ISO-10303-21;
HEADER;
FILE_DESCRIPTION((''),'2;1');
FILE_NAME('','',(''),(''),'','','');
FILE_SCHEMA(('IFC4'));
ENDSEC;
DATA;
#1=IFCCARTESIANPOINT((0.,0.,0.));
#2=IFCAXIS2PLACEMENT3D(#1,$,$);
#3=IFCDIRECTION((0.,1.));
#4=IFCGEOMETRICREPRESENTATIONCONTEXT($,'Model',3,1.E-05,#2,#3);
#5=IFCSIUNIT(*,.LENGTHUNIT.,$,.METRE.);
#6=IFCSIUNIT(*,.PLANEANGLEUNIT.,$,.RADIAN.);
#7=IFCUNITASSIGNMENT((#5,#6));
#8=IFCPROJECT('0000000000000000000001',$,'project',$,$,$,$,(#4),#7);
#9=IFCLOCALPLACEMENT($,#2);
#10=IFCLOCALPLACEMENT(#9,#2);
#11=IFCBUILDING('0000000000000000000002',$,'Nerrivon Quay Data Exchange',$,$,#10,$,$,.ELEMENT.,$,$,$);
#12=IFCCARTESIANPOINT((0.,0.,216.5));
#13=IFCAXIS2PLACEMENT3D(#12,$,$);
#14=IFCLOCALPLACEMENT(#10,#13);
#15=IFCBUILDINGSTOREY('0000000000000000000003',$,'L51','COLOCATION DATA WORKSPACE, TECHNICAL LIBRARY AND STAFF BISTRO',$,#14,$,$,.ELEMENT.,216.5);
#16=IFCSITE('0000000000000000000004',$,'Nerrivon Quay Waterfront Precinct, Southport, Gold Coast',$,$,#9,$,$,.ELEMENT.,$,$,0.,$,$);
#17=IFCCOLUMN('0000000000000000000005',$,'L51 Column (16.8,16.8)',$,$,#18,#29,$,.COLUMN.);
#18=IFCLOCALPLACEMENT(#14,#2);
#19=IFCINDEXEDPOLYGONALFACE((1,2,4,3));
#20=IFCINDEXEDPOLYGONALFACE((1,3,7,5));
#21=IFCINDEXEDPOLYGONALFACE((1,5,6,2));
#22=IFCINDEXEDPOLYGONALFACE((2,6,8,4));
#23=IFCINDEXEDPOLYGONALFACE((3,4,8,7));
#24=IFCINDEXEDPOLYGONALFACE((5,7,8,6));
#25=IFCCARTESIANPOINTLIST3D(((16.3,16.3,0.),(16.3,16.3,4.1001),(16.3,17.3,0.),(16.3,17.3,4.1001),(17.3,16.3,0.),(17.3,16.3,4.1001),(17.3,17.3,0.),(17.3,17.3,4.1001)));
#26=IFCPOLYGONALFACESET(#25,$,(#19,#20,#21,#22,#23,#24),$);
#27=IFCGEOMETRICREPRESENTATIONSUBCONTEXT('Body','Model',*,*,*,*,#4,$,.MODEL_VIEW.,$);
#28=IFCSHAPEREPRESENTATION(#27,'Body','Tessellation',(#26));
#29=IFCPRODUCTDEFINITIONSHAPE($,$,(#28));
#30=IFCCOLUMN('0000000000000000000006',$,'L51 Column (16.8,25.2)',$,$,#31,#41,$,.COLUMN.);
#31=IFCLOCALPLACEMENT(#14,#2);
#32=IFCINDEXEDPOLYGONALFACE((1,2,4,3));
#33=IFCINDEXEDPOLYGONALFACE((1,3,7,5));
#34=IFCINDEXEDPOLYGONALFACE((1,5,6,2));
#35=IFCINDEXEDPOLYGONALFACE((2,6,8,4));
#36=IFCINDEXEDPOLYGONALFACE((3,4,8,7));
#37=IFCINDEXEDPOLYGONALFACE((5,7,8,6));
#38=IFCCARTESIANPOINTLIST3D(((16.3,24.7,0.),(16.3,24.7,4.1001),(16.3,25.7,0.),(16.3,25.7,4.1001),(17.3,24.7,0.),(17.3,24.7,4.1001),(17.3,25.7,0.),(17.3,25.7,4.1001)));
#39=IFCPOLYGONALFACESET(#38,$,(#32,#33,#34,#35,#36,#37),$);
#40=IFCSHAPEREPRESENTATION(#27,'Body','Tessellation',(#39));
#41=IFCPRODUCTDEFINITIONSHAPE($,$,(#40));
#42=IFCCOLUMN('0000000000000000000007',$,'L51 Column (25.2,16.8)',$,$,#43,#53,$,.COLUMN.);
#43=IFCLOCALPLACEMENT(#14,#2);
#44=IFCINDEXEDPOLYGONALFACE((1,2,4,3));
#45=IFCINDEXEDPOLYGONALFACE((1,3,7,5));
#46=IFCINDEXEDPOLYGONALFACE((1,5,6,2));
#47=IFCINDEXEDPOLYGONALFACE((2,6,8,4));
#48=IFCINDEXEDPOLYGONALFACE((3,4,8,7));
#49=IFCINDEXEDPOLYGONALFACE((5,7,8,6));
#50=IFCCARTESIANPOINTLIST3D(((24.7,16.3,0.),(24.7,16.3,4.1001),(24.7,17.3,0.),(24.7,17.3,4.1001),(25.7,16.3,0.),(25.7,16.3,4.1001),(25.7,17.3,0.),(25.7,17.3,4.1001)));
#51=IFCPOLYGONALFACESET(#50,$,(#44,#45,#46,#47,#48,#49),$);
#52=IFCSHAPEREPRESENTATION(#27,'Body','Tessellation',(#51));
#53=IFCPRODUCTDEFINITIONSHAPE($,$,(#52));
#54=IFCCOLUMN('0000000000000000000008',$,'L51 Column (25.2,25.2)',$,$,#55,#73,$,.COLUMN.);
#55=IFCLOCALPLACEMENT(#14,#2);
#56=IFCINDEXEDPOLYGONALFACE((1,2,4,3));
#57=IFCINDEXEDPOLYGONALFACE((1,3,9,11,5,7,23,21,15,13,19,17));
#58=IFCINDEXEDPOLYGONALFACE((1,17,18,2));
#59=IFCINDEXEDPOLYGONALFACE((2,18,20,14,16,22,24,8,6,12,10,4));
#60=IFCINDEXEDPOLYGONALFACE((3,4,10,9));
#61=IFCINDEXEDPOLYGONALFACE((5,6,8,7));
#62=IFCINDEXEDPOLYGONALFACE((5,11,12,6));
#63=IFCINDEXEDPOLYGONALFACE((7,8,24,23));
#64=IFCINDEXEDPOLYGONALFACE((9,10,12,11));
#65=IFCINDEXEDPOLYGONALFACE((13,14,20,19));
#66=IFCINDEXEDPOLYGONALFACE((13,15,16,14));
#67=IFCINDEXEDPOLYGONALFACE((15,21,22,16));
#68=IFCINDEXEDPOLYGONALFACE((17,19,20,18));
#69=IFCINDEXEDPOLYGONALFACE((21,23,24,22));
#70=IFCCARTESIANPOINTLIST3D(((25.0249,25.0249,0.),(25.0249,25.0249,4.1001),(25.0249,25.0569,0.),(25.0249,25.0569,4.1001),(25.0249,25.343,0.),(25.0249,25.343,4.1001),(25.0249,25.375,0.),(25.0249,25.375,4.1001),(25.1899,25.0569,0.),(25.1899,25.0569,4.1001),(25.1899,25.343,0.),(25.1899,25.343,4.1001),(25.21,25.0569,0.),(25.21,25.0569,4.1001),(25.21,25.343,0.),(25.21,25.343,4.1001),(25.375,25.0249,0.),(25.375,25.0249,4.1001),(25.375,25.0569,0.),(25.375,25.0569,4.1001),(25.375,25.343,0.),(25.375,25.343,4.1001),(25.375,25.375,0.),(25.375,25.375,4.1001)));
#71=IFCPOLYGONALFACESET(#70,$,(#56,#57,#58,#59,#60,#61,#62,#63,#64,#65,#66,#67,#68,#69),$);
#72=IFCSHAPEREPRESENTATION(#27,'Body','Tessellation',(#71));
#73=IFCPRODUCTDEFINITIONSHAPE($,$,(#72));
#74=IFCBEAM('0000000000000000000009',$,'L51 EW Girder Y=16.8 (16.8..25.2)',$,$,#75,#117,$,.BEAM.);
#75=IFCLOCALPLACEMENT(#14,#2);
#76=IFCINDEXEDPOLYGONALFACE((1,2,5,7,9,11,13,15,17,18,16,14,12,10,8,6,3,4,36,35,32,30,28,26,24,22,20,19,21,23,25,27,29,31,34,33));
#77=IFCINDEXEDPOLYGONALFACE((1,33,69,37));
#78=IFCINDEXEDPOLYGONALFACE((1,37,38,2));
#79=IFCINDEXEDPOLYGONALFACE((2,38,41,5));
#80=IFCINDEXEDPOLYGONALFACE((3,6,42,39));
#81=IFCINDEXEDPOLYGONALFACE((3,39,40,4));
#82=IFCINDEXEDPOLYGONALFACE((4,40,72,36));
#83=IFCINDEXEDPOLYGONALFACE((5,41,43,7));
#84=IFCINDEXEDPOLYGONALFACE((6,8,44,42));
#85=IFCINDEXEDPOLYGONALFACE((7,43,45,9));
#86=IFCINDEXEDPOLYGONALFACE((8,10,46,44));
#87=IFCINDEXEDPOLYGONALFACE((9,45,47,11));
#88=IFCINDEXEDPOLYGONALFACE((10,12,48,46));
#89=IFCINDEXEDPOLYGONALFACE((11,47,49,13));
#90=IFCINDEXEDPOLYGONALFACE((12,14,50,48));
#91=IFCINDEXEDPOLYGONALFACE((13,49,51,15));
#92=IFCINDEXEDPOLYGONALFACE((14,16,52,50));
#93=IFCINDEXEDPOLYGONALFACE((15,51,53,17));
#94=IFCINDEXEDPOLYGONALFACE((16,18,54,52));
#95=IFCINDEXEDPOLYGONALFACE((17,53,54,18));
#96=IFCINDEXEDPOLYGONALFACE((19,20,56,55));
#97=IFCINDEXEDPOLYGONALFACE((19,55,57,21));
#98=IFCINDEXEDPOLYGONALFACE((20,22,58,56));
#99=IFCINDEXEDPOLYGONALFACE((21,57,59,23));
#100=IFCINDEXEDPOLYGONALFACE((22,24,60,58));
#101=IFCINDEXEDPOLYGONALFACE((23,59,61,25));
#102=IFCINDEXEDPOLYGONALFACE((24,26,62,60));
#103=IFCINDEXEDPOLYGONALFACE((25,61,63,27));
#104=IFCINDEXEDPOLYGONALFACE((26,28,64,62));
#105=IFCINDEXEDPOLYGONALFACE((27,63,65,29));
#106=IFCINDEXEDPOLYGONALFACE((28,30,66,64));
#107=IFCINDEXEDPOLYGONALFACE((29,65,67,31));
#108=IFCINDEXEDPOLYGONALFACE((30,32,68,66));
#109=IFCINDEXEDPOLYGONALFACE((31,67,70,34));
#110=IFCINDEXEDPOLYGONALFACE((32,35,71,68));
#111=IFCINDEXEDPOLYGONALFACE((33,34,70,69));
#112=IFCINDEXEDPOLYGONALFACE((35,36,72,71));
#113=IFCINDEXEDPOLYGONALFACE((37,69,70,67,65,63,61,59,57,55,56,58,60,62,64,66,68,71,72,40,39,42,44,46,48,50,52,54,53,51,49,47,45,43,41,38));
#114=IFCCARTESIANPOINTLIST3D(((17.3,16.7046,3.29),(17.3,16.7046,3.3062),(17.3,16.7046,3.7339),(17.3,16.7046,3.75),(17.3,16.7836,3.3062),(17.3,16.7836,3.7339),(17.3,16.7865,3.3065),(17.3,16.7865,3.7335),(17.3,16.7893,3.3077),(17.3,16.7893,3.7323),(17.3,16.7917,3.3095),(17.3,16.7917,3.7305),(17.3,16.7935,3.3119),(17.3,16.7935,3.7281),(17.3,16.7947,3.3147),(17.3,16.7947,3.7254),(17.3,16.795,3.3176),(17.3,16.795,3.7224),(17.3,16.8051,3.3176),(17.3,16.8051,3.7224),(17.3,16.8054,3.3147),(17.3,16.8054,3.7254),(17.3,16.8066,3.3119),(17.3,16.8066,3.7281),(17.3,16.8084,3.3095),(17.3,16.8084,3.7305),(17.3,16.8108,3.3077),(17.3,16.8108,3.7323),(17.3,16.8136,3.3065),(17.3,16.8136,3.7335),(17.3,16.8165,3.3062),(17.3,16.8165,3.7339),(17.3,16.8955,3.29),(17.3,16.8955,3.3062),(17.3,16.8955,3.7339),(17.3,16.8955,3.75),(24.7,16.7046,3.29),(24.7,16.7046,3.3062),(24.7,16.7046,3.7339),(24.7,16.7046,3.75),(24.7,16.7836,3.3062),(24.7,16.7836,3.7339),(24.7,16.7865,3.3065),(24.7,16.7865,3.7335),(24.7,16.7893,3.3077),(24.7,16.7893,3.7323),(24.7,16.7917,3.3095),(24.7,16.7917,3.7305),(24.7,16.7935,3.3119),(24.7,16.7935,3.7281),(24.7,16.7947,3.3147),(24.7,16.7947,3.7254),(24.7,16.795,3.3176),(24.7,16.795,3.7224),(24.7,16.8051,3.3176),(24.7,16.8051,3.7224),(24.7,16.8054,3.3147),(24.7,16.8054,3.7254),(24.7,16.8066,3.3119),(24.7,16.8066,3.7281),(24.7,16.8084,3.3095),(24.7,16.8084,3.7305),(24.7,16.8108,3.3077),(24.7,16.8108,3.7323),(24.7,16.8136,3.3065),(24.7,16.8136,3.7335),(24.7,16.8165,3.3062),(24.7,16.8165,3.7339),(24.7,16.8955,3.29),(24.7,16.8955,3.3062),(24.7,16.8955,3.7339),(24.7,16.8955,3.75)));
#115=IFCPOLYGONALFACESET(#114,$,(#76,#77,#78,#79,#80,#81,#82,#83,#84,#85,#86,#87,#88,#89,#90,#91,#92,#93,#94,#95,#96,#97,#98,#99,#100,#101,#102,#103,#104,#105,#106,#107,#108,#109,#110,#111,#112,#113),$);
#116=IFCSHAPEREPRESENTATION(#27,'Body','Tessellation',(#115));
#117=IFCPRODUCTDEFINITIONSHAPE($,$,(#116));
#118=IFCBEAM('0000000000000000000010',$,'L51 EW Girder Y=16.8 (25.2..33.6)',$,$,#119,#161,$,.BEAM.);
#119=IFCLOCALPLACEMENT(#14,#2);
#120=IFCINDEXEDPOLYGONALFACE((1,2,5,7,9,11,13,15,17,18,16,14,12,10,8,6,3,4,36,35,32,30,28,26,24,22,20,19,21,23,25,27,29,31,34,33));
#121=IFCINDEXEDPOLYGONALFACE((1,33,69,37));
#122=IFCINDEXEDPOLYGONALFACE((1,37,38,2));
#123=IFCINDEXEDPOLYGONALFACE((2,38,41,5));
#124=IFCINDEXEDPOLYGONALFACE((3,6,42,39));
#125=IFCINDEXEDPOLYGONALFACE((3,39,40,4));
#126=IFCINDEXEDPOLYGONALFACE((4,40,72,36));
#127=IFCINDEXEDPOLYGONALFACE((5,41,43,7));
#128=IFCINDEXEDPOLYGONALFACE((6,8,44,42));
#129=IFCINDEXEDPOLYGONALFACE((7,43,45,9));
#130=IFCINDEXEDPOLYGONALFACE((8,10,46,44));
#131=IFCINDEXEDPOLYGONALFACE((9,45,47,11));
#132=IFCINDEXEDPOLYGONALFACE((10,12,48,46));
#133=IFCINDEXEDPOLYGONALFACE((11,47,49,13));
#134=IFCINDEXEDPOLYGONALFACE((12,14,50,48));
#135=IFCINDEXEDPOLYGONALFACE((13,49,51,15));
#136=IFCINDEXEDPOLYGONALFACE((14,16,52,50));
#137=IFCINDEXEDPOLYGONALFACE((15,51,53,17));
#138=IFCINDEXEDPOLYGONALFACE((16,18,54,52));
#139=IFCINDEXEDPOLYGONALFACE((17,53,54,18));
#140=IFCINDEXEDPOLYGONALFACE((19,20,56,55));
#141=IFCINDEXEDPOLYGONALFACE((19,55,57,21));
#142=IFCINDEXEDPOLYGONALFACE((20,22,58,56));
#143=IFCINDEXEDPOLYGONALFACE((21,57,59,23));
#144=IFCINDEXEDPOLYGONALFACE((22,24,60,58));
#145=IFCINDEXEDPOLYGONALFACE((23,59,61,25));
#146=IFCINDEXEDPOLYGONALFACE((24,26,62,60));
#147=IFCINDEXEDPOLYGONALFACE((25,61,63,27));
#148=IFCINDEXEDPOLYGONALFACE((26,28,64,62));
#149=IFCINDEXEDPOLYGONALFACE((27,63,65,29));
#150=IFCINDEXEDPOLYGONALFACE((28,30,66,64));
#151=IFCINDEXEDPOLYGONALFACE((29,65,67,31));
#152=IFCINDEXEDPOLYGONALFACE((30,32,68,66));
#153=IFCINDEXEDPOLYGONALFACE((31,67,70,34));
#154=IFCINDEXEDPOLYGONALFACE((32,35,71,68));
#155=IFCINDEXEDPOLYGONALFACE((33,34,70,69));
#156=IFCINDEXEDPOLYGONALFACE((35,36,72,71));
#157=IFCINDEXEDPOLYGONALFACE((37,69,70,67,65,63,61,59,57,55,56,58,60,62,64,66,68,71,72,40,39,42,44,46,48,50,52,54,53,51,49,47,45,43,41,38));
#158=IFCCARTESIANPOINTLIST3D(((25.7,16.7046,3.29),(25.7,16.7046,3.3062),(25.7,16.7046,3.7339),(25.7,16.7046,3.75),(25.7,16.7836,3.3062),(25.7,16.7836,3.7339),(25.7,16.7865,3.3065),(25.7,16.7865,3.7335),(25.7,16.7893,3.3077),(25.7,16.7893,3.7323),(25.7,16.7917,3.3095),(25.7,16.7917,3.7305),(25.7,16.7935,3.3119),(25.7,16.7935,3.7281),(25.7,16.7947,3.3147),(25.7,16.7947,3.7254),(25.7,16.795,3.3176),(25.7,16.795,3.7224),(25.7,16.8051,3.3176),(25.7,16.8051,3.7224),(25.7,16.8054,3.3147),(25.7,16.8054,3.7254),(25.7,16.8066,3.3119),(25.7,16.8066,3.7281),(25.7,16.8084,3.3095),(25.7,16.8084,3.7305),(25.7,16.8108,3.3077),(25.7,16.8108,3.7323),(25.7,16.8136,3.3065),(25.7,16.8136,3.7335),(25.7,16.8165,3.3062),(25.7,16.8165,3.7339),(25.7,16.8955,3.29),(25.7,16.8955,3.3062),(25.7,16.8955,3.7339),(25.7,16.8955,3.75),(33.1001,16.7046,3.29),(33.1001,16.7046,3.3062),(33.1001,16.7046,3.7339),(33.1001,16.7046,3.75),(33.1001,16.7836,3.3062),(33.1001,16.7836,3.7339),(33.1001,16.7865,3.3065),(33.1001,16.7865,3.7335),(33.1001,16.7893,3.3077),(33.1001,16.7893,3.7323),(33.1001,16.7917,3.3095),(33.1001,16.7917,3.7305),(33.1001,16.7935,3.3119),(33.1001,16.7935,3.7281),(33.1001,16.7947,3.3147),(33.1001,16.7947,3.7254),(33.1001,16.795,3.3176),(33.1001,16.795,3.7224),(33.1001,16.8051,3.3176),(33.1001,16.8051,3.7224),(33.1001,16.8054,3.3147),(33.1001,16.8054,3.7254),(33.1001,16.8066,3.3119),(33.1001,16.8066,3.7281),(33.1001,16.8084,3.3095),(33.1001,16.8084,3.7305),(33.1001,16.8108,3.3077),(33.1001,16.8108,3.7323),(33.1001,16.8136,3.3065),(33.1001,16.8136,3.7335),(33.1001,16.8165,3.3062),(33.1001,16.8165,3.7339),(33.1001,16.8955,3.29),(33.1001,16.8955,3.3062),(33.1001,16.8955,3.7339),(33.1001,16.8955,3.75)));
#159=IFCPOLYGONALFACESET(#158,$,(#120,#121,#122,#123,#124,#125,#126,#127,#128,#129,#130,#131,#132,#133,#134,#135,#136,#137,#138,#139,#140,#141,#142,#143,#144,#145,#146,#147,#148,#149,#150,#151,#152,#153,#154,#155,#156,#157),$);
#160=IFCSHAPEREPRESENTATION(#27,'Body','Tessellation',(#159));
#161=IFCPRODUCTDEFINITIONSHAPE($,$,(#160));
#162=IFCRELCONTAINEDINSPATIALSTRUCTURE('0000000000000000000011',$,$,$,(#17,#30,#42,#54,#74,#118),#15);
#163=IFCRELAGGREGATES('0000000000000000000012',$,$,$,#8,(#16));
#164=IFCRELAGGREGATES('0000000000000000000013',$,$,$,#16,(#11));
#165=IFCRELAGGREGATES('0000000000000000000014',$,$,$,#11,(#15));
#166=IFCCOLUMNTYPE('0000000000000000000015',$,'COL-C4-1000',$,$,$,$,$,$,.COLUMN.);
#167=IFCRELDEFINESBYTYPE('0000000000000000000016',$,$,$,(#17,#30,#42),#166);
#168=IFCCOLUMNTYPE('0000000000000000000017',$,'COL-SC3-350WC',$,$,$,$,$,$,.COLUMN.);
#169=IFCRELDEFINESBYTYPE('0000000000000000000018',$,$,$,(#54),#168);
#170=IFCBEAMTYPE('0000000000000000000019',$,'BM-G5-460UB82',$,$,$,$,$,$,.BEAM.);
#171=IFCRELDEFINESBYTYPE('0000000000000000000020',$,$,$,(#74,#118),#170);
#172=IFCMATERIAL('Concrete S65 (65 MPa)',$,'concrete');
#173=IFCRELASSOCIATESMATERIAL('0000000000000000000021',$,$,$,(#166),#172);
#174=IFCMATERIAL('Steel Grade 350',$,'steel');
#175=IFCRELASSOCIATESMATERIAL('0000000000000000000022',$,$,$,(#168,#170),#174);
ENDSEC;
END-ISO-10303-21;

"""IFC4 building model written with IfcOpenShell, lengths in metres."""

from ifc_helpers import new_model, si_unit, direction, frame, origin, origin_2d, place, context, subcontext, project, spatial, rectangle, i_section, extrude, material, material_profile, profile_set, type_object, element, save


model = new_model("IFC4")

# Units and contexts
model_context = context("Model", 3, precision=1e-05, world=origin(), true_north=direction((0.0, 1.0)))
body_context = subcontext(model_context, "Body", "Model", "MODEL_VIEW")
ifc_project = project(units=[si_unit("LENGTHUNIT", "METRE"), si_unit("PLANEANGLEUNIT", "RADIAN")], contexts=[model_context])

# Site, building, storey
site_placement = place(None, origin())
site = spatial("IfcSite", under=ifc_project, at=site_placement, Name="Nerrivon Quay Waterfront Precinct, Southport, Gold Coast", CompositionType="ELEMENT", RefElevation=0.0)
building_placement = place(site_placement, origin())
building = spatial("IfcBuilding", under=site, at=building_placement, Name="Nerrivon Quay Data Exchange", CompositionType="ELEMENT")
storey_placement = place(building_placement, frame((0.0, 0.0, 216.5)))
storey = spatial("IfcBuildingStorey", under=building, at=storey_placement, Name="L51", Description="COLOCATION DATA WORKSPACE, TECHNICAL LIBRARY AND STAFF BISTRO", CompositionType="ELEMENT", Elevation=216.5)

# Columns
ifc_material_1 = material(Name="Concrete S65 (65 MPa)", Category="concrete")
ifc_material_profile_1 = material_profile(ifc_material_1, rectangle(XDim=1.0, YDim=1.0, at=origin_2d()), Name="RC-COL-1000x1000")
ifc_profile_set_1 = profile_set([ifc_material_profile_1], Name="Concrete S65 (65 MPa)")
column_type_1 = type_object("IfcColumnType", Name="COL-C4-1000", PredefinedType="COLUMN", material=ifc_profile_set_1)
for number, where, z_axis, x_axis, name in (
    (1, (16.8, 16.8, 0.0), (0.0, 0.0, 1.0), (1.0, 0.0, 0.0), "L51 Column (16.8,16.8)"),
    (2, (16.8, 25.2, 0.0), (0.0, 0.0, 1.0), (1.0, 0.0, 0.0), "L51 Column (16.8,25.2)"),
    (3, (25.2, 16.8, 0.0), (0.0, 0.0, 1.0), (1.0, 0.0, 0.0), "L51 Column (25.2,16.8)"),
):
    element("IfcColumn", number, at=place(storey_placement, frame(where, z_axis=z_axis, x_axis=x_axis)), inside=storey, type_object=column_type_1, Name=name, PredefinedType="COLUMN", context=body_context, shape_type="SweptSolid", body=[
        extrude(rectangle(XDim=1.0, YDim=1.0, at=origin_2d()), origin(), (0.0, 0.0, 1.0), 4.1001),
    ])
ifc_material_2 = material(Name="Steel Grade 350", Category="steel")
ifc_material_profile_2 = material_profile(ifc_material_2, i_section(OverallWidth=0.3501, OverallDepth=0.3501, WebThickness=0.02, FlangeThickness=0.032, at=origin_2d()), Name="350WC230")
ifc_profile_set_2 = profile_set([ifc_material_profile_2], Name="Steel Grade 350")
column_type_2 = type_object("IfcColumnType", Name="COL-SC3-350WC", PredefinedType="COLUMN", material=ifc_profile_set_2)
column_placement = place(storey_placement, frame((25.2, 25.2, 0.0), z_axis=(0.0, 0.0, 1.0), x_axis=(1.0, 0.0, 0.0)))
element("IfcColumn", 4, at=column_placement, inside=storey, type_object=column_type_2, Name="L51 Column (25.2,25.2)", PredefinedType="COLUMN", context=body_context, shape_type="SweptSolid", body=[
    extrude(i_section(OverallWidth=0.3501, OverallDepth=0.3501, WebThickness=0.02, FlangeThickness=0.032, at=origin_2d()), origin(), (0.0, 0.0, 1.0), 4.1001),
])

# Beams
ifc_material_profile_3 = material_profile(ifc_material_2, i_section(OverallWidth=0.1909, OverallDepth=0.46, WebThickness=0.01, FlangeThickness=0.0161, FilletRadius=0.0115, at=origin_2d()), Name="460UB82.1")
ifc_profile_set_3 = profile_set([ifc_material_profile_3], Name="Steel Grade 350")
beam_type_1 = type_object("IfcBeamType", Name="BM-G5-460UB82", PredefinedType="BEAM", material=ifc_profile_set_3)
beam_1_placement = place(storey_placement, frame((17.3, 16.8, 3.52), z_axis=(1.0, 0.0, 0.0), x_axis=(0.0, 1.0, 0.0)))
element("IfcBeam", 5, at=beam_1_placement, inside=storey, type_object=beam_type_1, Name="L51 EW Girder Y=16.8 (16.8..25.2)", PredefinedType="BEAM", context=body_context, shape_type="SweptSolid", body=[
    extrude(i_section(OverallWidth=0.1909, OverallDepth=0.46, WebThickness=0.01, FlangeThickness=0.0161, FilletRadius=0.0115, at=origin_2d()), origin(), (0.0, 0.0, 1.0), 7.3999),
])
beam_2_placement = place(storey_placement, frame((25.7, 16.8, 3.52), z_axis=(1.0, 0.0, 0.0), x_axis=(0.0, 1.0, 0.0)))
element("IfcBeam", 6, at=beam_2_placement, inside=storey, type_object=beam_type_1, Name="L51 EW Girder Y=16.8 (25.2..33.6)", PredefinedType="BEAM", context=body_context, shape_type="SweptSolid", body=[
    extrude(i_section(OverallWidth=0.1909, OverallDepth=0.46, WebThickness=0.01, FlangeThickness=0.0161, FilletRadius=0.0115, at=origin_2d()), origin(), (0.0, 0.0, 1.0), 7.4001),
])

save(model, "model.ifc")
